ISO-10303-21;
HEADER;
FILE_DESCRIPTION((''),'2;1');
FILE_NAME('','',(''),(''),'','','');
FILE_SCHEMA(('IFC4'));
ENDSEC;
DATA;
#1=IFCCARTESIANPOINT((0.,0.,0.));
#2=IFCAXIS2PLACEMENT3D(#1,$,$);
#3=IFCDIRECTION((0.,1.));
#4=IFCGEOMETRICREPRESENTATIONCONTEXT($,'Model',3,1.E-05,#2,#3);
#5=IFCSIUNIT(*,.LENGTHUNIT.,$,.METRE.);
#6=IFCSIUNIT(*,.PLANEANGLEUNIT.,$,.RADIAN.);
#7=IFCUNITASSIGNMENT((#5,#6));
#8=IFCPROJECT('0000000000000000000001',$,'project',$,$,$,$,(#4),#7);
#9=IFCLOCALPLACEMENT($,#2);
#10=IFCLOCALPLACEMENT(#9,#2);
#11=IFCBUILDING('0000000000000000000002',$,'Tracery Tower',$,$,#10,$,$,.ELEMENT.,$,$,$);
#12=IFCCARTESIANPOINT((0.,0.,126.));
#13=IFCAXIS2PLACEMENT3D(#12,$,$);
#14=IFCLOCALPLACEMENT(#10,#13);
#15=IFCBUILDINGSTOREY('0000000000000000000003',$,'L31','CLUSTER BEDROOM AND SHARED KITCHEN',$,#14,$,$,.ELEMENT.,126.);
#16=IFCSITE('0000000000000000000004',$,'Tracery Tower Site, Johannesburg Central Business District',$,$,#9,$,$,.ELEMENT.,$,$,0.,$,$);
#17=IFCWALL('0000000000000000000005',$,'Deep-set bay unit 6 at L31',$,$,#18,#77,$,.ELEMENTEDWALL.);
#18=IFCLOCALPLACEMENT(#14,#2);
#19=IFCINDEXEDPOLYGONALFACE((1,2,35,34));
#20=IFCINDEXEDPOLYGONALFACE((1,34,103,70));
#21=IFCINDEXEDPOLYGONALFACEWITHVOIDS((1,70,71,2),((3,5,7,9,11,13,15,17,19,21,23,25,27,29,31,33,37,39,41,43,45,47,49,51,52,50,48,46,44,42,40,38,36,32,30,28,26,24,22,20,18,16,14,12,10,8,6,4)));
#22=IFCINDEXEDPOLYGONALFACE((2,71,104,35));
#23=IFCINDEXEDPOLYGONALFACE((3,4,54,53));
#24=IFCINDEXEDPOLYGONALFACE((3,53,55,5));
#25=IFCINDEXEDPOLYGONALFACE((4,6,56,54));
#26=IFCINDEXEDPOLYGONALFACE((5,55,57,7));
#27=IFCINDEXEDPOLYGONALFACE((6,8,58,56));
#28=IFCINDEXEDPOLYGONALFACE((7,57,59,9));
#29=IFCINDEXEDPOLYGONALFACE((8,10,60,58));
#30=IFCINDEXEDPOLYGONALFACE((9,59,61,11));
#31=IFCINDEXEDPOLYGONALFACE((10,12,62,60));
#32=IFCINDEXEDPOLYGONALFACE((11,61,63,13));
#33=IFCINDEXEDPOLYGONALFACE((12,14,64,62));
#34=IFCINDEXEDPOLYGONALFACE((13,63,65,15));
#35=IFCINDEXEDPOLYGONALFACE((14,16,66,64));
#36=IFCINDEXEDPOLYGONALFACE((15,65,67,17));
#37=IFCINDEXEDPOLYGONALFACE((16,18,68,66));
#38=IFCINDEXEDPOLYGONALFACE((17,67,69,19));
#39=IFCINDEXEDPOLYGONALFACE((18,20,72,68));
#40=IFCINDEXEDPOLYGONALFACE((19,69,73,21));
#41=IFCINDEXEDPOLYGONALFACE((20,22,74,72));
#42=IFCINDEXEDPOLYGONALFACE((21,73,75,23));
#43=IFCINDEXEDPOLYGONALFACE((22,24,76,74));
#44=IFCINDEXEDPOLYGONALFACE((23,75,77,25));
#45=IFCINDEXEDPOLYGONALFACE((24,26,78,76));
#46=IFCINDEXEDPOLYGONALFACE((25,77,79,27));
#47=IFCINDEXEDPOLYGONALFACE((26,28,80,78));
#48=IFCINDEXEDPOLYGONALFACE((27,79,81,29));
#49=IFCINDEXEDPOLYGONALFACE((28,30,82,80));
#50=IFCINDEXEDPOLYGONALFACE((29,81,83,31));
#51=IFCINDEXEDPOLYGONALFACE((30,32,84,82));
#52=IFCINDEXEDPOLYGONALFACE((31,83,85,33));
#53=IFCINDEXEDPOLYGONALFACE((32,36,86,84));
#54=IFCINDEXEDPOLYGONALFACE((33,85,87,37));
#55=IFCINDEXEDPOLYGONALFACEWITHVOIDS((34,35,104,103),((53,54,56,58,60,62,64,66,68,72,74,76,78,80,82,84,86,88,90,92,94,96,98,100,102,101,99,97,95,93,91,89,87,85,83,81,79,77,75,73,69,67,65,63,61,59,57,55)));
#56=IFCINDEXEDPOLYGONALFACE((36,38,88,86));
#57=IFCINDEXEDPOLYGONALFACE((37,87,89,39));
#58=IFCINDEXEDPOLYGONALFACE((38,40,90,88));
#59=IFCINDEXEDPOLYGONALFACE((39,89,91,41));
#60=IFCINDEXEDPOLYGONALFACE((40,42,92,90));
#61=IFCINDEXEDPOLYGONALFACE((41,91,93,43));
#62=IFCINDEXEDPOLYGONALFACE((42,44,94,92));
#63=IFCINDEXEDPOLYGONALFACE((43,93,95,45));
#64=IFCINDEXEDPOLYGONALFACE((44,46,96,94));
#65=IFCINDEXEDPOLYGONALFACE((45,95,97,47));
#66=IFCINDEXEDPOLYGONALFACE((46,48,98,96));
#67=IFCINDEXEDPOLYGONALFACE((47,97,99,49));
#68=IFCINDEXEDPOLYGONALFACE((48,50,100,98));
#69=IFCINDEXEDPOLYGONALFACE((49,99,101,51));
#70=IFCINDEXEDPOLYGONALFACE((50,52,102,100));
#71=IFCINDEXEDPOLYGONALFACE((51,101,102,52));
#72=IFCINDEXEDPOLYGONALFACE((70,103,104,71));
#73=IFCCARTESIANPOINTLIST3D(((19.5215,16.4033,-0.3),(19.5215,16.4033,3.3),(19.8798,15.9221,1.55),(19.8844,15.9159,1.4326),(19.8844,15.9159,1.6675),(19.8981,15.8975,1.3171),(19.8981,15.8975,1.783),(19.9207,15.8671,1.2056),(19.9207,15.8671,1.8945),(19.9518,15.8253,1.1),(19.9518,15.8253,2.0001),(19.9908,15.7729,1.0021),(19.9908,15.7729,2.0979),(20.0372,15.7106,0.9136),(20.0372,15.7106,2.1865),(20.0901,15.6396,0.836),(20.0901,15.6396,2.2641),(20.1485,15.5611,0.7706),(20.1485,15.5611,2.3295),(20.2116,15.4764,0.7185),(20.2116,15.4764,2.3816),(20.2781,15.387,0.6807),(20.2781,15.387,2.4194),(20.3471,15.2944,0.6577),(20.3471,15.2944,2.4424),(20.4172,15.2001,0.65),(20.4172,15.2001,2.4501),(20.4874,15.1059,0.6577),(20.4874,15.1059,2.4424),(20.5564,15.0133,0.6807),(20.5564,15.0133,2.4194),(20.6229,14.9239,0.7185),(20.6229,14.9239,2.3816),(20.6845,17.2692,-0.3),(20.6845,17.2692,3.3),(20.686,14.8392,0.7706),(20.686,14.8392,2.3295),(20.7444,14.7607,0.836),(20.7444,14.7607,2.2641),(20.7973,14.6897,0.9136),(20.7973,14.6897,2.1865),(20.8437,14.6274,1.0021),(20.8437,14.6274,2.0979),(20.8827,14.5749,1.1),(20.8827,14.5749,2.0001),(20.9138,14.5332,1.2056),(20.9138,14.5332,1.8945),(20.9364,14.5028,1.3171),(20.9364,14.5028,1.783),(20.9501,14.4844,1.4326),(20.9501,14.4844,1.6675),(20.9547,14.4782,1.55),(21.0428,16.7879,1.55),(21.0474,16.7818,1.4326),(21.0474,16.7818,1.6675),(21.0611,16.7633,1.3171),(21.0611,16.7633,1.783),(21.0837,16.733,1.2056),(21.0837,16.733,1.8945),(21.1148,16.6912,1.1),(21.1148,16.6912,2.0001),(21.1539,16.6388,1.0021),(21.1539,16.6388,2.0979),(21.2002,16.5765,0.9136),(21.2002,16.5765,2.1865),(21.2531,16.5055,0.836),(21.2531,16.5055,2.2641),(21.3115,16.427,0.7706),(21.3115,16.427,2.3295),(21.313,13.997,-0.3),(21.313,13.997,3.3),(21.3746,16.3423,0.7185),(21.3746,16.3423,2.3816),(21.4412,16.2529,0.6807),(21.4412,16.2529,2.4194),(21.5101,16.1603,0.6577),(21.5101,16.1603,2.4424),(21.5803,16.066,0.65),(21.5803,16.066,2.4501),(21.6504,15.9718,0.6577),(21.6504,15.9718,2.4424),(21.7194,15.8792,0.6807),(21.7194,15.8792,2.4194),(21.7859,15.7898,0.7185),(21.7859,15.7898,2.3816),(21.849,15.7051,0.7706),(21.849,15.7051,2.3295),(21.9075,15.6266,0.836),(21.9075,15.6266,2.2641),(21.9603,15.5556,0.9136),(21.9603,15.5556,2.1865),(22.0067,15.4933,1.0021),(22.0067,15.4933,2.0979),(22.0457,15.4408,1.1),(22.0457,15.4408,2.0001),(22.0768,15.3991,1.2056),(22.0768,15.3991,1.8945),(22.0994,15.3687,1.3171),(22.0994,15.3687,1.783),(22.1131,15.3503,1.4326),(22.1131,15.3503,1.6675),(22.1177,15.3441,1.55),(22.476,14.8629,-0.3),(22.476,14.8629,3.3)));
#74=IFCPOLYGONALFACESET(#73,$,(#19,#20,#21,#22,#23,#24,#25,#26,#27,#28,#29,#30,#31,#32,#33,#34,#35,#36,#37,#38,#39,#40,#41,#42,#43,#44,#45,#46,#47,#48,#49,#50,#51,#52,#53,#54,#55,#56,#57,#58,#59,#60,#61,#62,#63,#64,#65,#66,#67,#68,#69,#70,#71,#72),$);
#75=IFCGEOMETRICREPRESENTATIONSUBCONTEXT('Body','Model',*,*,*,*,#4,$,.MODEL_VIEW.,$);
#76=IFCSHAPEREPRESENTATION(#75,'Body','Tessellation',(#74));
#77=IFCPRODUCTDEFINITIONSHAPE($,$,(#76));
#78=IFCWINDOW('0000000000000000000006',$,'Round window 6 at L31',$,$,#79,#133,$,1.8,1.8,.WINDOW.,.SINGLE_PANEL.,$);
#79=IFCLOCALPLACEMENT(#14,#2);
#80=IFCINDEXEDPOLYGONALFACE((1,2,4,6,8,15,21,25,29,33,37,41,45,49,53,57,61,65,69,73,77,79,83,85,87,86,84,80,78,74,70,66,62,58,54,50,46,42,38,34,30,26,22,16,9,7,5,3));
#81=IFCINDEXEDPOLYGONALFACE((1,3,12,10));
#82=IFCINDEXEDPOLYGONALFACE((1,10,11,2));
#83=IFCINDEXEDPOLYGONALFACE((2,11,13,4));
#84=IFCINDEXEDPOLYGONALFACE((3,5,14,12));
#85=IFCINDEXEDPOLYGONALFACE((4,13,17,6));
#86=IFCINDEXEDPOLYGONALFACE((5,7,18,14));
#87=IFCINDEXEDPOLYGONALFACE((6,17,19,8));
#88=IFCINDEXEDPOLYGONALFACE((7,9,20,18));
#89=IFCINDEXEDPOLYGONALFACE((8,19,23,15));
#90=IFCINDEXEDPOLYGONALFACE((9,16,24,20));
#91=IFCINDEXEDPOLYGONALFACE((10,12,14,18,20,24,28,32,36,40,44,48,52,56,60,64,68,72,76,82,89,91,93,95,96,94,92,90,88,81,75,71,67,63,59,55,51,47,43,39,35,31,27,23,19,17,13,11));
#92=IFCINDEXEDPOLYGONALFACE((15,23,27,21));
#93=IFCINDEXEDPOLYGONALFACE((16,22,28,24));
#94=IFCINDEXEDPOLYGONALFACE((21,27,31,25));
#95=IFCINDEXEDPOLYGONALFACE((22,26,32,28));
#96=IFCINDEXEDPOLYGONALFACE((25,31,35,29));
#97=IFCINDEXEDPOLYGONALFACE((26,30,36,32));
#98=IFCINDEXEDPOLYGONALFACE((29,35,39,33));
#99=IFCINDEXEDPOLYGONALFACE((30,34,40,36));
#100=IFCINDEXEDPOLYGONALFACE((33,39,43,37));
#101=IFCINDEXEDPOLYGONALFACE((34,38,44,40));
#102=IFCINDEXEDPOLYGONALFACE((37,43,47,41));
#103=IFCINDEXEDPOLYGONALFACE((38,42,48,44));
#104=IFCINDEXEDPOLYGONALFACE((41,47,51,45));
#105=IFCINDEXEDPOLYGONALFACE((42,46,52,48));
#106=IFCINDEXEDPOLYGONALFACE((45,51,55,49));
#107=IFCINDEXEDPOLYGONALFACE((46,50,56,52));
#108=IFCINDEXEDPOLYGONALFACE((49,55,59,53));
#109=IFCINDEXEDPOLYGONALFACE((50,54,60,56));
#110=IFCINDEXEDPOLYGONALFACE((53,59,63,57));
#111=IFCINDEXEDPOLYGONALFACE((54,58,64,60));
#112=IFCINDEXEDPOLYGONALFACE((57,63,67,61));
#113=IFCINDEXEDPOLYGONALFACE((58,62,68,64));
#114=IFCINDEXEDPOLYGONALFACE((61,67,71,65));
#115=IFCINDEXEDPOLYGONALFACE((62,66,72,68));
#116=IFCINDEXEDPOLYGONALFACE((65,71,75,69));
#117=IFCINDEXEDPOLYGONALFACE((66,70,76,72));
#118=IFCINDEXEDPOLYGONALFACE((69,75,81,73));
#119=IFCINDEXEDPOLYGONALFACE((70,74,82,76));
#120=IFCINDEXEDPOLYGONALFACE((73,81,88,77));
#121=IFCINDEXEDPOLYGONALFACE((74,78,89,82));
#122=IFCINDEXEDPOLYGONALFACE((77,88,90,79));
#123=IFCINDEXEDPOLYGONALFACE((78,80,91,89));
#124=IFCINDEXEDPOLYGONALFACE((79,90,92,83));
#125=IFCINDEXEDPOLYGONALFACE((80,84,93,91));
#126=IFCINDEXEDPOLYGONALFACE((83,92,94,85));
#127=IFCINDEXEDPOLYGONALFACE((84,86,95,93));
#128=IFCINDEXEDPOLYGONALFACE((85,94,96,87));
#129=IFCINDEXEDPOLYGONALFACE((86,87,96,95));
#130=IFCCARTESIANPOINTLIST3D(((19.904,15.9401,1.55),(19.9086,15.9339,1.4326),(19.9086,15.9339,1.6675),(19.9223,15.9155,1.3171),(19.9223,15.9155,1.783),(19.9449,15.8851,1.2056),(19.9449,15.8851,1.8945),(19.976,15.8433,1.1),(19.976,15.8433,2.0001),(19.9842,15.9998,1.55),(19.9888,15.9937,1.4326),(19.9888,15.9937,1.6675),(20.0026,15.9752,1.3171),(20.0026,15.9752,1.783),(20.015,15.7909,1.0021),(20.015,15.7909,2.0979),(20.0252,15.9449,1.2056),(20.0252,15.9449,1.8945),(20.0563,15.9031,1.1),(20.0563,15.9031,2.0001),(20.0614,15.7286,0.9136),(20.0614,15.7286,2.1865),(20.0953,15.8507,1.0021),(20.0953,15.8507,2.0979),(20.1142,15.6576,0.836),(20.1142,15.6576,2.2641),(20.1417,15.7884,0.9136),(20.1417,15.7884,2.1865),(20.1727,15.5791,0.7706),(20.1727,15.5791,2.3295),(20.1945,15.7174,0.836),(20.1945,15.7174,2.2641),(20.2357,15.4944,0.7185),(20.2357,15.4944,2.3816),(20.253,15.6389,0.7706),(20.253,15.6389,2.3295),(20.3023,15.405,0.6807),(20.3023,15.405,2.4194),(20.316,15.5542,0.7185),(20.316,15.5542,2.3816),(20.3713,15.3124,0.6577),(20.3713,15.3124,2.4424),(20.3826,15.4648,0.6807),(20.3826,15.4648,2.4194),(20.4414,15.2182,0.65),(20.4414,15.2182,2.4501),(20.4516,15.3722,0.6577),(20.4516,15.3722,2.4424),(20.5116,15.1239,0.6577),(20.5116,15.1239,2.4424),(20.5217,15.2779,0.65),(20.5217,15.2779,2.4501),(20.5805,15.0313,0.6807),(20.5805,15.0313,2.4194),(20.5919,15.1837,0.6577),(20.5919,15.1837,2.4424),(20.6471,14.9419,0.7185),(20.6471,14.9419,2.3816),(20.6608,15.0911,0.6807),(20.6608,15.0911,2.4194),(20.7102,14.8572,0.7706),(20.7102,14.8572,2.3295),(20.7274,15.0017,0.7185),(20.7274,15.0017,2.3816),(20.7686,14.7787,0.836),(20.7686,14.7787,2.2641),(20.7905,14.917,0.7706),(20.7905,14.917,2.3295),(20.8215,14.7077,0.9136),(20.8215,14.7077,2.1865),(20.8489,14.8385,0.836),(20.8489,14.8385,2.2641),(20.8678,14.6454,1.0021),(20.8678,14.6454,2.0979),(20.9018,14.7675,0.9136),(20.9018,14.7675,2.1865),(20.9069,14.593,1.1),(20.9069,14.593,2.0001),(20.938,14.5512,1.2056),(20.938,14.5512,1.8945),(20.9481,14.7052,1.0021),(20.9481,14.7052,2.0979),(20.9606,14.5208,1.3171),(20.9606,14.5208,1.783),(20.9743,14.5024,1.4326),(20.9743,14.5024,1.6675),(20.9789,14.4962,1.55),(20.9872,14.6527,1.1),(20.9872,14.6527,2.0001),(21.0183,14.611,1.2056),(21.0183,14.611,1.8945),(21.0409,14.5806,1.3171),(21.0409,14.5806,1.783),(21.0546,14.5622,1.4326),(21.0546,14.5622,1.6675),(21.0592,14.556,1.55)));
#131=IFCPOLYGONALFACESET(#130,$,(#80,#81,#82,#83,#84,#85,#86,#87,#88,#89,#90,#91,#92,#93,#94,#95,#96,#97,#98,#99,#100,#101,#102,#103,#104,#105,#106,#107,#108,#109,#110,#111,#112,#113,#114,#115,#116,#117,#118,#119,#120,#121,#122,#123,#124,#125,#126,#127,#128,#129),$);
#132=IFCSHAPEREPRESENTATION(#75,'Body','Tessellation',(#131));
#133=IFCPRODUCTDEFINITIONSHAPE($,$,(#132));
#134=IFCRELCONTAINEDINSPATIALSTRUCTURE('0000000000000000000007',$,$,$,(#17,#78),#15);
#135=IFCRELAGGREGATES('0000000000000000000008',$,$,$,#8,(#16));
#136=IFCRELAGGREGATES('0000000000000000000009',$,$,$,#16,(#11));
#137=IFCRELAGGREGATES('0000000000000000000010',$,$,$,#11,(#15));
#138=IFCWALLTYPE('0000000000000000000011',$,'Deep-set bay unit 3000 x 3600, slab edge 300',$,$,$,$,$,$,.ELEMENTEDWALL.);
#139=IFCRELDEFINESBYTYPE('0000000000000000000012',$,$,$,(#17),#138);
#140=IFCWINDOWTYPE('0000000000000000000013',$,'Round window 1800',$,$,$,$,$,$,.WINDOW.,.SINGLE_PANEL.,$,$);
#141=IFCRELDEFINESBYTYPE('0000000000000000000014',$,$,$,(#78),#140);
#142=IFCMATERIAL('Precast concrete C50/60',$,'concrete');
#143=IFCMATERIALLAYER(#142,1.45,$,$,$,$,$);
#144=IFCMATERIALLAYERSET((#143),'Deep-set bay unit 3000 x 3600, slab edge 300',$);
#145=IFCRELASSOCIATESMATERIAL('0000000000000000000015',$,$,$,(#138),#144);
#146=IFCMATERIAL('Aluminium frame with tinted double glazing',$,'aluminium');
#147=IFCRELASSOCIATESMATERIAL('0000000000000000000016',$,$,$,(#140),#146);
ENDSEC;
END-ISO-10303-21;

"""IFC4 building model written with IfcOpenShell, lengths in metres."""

from ifc_helpers import new_model, si_unit, direction, frame, frame_2d, origin, origin_2d, place, context, subcontext, project, spatial, rectangle, circle, extrude, material, layer, layer_set, type_object, element, fill, save


model = new_model("IFC4")

# Units and contexts
model_context = context("Model", 3, precision=1e-05, world=origin(), true_north=direction((0.0, 1.0)))
body_context = subcontext(model_context, "Body", "Model", "MODEL_VIEW")
ifc_project = project(units=[si_unit("LENGTHUNIT", "METRE"), si_unit("PLANEANGLEUNIT", "RADIAN")], contexts=[model_context])

# Site, building, storey
site_placement = place(None, origin())
site = spatial("IfcSite", under=ifc_project, at=site_placement, Name="Tracery Tower Site, Johannesburg Central Business District", CompositionType="ELEMENT", RefElevation=0.0)
building_placement = place(site_placement, origin())
building = spatial("IfcBuilding", under=site, at=building_placement, Name="Tracery Tower", CompositionType="ELEMENT")
storey_placement = place(building_placement, frame((0.0, 0.0, 126.0)))
storey = spatial("IfcBuildingStorey", under=building, at=storey_placement, Name="L31", Description="CLUSTER BEDROOM AND SHARED KITCHEN", CompositionType="ELEMENT", Elevation=126.0)

# Wall, opening, window
ifc_material_1 = material(Name="Precast concrete C50/60", Category="concrete")
ifc_layer_1 = layer(ifc_material_1, 1.45)
ifc_layer_set_1 = layer_set([ifc_layer_1], Name="Deep-set bay unit 3000 x 3600, slab edge 300")
wall_type_1 = type_object("IfcWallType", Name="Deep-set bay unit 3000 x 3600, slab edge 300", PredefinedType="ELEMENTEDWALL", material=ifc_layer_set_1)
wall_1_placement = place(storey_placement, frame((21.8945, 14.4299, -0.3), z_axis=(0.0, 0.0, 1.0), x_axis=(-0.597184, 0.802104, 0.0)))
wall_1 = element("IfcWall", 1, at=wall_1_placement, inside=storey, type_object=wall_type_1, Name="Deep-set bay unit 6 at L31", PredefinedType="ELEMENTEDWALL", context=body_context, shape_type="SweptSolid", body=[
    extrude(rectangle(XDim=3.0, YDim=1.45, at=frame_2d((1.5, 0.0))), origin(), (0.0, 0.0, 1.0), 3.6001),
])
opening_1_placement = place(wall_1_placement, frame((1.5, 0.0, 1.8501)))
opening_1 = element("IfcOpeningElement", 2, at=opening_1_placement, cuts=wall_1, PredefinedType="OPENING", context=body_context, shape_type="SweptSolid", body=[
    extrude(circle(Radius=0.9, at=origin_2d()), frame((0.0, 0.7349, 0.0), z_axis=(0.0, -1.0, 0.0), x_axis=(1.0, 0.0, 0.0)), (0.0, 0.0, 1.0), 1.47),
])
ifc_material_2 = material(Name="Aluminium frame with tinted double glazing", Category="aluminium")
window_type = type_object("IfcWindowType", Name="Round window 1800", PartitioningType="SINGLE_PANEL", PredefinedType="WINDOW", material=ifc_material_2)
window_1_placement = place(opening_1_placement, origin())
window_1 = element("IfcWindow", 3, at=window_1_placement, inside=storey, type_object=window_type, Name="Round window 6 at L31", OverallHeight=1.8, OverallWidth=1.8, PartitioningType="SINGLE_PANEL", PredefinedType="WINDOW", context=body_context, shape_type="SweptSolid", body=[
    extrude(circle(Radius=0.9, at=origin_2d()), frame((0.0, 0.6948, 0.0), z_axis=(0.0, -1.0, 0.0), x_axis=(1.0, 0.0, 0.0)), (0.0, 0.0, 1.0), 0.1001),
])
fill(opening_1, window_1)

save(model, "model.ifc")
